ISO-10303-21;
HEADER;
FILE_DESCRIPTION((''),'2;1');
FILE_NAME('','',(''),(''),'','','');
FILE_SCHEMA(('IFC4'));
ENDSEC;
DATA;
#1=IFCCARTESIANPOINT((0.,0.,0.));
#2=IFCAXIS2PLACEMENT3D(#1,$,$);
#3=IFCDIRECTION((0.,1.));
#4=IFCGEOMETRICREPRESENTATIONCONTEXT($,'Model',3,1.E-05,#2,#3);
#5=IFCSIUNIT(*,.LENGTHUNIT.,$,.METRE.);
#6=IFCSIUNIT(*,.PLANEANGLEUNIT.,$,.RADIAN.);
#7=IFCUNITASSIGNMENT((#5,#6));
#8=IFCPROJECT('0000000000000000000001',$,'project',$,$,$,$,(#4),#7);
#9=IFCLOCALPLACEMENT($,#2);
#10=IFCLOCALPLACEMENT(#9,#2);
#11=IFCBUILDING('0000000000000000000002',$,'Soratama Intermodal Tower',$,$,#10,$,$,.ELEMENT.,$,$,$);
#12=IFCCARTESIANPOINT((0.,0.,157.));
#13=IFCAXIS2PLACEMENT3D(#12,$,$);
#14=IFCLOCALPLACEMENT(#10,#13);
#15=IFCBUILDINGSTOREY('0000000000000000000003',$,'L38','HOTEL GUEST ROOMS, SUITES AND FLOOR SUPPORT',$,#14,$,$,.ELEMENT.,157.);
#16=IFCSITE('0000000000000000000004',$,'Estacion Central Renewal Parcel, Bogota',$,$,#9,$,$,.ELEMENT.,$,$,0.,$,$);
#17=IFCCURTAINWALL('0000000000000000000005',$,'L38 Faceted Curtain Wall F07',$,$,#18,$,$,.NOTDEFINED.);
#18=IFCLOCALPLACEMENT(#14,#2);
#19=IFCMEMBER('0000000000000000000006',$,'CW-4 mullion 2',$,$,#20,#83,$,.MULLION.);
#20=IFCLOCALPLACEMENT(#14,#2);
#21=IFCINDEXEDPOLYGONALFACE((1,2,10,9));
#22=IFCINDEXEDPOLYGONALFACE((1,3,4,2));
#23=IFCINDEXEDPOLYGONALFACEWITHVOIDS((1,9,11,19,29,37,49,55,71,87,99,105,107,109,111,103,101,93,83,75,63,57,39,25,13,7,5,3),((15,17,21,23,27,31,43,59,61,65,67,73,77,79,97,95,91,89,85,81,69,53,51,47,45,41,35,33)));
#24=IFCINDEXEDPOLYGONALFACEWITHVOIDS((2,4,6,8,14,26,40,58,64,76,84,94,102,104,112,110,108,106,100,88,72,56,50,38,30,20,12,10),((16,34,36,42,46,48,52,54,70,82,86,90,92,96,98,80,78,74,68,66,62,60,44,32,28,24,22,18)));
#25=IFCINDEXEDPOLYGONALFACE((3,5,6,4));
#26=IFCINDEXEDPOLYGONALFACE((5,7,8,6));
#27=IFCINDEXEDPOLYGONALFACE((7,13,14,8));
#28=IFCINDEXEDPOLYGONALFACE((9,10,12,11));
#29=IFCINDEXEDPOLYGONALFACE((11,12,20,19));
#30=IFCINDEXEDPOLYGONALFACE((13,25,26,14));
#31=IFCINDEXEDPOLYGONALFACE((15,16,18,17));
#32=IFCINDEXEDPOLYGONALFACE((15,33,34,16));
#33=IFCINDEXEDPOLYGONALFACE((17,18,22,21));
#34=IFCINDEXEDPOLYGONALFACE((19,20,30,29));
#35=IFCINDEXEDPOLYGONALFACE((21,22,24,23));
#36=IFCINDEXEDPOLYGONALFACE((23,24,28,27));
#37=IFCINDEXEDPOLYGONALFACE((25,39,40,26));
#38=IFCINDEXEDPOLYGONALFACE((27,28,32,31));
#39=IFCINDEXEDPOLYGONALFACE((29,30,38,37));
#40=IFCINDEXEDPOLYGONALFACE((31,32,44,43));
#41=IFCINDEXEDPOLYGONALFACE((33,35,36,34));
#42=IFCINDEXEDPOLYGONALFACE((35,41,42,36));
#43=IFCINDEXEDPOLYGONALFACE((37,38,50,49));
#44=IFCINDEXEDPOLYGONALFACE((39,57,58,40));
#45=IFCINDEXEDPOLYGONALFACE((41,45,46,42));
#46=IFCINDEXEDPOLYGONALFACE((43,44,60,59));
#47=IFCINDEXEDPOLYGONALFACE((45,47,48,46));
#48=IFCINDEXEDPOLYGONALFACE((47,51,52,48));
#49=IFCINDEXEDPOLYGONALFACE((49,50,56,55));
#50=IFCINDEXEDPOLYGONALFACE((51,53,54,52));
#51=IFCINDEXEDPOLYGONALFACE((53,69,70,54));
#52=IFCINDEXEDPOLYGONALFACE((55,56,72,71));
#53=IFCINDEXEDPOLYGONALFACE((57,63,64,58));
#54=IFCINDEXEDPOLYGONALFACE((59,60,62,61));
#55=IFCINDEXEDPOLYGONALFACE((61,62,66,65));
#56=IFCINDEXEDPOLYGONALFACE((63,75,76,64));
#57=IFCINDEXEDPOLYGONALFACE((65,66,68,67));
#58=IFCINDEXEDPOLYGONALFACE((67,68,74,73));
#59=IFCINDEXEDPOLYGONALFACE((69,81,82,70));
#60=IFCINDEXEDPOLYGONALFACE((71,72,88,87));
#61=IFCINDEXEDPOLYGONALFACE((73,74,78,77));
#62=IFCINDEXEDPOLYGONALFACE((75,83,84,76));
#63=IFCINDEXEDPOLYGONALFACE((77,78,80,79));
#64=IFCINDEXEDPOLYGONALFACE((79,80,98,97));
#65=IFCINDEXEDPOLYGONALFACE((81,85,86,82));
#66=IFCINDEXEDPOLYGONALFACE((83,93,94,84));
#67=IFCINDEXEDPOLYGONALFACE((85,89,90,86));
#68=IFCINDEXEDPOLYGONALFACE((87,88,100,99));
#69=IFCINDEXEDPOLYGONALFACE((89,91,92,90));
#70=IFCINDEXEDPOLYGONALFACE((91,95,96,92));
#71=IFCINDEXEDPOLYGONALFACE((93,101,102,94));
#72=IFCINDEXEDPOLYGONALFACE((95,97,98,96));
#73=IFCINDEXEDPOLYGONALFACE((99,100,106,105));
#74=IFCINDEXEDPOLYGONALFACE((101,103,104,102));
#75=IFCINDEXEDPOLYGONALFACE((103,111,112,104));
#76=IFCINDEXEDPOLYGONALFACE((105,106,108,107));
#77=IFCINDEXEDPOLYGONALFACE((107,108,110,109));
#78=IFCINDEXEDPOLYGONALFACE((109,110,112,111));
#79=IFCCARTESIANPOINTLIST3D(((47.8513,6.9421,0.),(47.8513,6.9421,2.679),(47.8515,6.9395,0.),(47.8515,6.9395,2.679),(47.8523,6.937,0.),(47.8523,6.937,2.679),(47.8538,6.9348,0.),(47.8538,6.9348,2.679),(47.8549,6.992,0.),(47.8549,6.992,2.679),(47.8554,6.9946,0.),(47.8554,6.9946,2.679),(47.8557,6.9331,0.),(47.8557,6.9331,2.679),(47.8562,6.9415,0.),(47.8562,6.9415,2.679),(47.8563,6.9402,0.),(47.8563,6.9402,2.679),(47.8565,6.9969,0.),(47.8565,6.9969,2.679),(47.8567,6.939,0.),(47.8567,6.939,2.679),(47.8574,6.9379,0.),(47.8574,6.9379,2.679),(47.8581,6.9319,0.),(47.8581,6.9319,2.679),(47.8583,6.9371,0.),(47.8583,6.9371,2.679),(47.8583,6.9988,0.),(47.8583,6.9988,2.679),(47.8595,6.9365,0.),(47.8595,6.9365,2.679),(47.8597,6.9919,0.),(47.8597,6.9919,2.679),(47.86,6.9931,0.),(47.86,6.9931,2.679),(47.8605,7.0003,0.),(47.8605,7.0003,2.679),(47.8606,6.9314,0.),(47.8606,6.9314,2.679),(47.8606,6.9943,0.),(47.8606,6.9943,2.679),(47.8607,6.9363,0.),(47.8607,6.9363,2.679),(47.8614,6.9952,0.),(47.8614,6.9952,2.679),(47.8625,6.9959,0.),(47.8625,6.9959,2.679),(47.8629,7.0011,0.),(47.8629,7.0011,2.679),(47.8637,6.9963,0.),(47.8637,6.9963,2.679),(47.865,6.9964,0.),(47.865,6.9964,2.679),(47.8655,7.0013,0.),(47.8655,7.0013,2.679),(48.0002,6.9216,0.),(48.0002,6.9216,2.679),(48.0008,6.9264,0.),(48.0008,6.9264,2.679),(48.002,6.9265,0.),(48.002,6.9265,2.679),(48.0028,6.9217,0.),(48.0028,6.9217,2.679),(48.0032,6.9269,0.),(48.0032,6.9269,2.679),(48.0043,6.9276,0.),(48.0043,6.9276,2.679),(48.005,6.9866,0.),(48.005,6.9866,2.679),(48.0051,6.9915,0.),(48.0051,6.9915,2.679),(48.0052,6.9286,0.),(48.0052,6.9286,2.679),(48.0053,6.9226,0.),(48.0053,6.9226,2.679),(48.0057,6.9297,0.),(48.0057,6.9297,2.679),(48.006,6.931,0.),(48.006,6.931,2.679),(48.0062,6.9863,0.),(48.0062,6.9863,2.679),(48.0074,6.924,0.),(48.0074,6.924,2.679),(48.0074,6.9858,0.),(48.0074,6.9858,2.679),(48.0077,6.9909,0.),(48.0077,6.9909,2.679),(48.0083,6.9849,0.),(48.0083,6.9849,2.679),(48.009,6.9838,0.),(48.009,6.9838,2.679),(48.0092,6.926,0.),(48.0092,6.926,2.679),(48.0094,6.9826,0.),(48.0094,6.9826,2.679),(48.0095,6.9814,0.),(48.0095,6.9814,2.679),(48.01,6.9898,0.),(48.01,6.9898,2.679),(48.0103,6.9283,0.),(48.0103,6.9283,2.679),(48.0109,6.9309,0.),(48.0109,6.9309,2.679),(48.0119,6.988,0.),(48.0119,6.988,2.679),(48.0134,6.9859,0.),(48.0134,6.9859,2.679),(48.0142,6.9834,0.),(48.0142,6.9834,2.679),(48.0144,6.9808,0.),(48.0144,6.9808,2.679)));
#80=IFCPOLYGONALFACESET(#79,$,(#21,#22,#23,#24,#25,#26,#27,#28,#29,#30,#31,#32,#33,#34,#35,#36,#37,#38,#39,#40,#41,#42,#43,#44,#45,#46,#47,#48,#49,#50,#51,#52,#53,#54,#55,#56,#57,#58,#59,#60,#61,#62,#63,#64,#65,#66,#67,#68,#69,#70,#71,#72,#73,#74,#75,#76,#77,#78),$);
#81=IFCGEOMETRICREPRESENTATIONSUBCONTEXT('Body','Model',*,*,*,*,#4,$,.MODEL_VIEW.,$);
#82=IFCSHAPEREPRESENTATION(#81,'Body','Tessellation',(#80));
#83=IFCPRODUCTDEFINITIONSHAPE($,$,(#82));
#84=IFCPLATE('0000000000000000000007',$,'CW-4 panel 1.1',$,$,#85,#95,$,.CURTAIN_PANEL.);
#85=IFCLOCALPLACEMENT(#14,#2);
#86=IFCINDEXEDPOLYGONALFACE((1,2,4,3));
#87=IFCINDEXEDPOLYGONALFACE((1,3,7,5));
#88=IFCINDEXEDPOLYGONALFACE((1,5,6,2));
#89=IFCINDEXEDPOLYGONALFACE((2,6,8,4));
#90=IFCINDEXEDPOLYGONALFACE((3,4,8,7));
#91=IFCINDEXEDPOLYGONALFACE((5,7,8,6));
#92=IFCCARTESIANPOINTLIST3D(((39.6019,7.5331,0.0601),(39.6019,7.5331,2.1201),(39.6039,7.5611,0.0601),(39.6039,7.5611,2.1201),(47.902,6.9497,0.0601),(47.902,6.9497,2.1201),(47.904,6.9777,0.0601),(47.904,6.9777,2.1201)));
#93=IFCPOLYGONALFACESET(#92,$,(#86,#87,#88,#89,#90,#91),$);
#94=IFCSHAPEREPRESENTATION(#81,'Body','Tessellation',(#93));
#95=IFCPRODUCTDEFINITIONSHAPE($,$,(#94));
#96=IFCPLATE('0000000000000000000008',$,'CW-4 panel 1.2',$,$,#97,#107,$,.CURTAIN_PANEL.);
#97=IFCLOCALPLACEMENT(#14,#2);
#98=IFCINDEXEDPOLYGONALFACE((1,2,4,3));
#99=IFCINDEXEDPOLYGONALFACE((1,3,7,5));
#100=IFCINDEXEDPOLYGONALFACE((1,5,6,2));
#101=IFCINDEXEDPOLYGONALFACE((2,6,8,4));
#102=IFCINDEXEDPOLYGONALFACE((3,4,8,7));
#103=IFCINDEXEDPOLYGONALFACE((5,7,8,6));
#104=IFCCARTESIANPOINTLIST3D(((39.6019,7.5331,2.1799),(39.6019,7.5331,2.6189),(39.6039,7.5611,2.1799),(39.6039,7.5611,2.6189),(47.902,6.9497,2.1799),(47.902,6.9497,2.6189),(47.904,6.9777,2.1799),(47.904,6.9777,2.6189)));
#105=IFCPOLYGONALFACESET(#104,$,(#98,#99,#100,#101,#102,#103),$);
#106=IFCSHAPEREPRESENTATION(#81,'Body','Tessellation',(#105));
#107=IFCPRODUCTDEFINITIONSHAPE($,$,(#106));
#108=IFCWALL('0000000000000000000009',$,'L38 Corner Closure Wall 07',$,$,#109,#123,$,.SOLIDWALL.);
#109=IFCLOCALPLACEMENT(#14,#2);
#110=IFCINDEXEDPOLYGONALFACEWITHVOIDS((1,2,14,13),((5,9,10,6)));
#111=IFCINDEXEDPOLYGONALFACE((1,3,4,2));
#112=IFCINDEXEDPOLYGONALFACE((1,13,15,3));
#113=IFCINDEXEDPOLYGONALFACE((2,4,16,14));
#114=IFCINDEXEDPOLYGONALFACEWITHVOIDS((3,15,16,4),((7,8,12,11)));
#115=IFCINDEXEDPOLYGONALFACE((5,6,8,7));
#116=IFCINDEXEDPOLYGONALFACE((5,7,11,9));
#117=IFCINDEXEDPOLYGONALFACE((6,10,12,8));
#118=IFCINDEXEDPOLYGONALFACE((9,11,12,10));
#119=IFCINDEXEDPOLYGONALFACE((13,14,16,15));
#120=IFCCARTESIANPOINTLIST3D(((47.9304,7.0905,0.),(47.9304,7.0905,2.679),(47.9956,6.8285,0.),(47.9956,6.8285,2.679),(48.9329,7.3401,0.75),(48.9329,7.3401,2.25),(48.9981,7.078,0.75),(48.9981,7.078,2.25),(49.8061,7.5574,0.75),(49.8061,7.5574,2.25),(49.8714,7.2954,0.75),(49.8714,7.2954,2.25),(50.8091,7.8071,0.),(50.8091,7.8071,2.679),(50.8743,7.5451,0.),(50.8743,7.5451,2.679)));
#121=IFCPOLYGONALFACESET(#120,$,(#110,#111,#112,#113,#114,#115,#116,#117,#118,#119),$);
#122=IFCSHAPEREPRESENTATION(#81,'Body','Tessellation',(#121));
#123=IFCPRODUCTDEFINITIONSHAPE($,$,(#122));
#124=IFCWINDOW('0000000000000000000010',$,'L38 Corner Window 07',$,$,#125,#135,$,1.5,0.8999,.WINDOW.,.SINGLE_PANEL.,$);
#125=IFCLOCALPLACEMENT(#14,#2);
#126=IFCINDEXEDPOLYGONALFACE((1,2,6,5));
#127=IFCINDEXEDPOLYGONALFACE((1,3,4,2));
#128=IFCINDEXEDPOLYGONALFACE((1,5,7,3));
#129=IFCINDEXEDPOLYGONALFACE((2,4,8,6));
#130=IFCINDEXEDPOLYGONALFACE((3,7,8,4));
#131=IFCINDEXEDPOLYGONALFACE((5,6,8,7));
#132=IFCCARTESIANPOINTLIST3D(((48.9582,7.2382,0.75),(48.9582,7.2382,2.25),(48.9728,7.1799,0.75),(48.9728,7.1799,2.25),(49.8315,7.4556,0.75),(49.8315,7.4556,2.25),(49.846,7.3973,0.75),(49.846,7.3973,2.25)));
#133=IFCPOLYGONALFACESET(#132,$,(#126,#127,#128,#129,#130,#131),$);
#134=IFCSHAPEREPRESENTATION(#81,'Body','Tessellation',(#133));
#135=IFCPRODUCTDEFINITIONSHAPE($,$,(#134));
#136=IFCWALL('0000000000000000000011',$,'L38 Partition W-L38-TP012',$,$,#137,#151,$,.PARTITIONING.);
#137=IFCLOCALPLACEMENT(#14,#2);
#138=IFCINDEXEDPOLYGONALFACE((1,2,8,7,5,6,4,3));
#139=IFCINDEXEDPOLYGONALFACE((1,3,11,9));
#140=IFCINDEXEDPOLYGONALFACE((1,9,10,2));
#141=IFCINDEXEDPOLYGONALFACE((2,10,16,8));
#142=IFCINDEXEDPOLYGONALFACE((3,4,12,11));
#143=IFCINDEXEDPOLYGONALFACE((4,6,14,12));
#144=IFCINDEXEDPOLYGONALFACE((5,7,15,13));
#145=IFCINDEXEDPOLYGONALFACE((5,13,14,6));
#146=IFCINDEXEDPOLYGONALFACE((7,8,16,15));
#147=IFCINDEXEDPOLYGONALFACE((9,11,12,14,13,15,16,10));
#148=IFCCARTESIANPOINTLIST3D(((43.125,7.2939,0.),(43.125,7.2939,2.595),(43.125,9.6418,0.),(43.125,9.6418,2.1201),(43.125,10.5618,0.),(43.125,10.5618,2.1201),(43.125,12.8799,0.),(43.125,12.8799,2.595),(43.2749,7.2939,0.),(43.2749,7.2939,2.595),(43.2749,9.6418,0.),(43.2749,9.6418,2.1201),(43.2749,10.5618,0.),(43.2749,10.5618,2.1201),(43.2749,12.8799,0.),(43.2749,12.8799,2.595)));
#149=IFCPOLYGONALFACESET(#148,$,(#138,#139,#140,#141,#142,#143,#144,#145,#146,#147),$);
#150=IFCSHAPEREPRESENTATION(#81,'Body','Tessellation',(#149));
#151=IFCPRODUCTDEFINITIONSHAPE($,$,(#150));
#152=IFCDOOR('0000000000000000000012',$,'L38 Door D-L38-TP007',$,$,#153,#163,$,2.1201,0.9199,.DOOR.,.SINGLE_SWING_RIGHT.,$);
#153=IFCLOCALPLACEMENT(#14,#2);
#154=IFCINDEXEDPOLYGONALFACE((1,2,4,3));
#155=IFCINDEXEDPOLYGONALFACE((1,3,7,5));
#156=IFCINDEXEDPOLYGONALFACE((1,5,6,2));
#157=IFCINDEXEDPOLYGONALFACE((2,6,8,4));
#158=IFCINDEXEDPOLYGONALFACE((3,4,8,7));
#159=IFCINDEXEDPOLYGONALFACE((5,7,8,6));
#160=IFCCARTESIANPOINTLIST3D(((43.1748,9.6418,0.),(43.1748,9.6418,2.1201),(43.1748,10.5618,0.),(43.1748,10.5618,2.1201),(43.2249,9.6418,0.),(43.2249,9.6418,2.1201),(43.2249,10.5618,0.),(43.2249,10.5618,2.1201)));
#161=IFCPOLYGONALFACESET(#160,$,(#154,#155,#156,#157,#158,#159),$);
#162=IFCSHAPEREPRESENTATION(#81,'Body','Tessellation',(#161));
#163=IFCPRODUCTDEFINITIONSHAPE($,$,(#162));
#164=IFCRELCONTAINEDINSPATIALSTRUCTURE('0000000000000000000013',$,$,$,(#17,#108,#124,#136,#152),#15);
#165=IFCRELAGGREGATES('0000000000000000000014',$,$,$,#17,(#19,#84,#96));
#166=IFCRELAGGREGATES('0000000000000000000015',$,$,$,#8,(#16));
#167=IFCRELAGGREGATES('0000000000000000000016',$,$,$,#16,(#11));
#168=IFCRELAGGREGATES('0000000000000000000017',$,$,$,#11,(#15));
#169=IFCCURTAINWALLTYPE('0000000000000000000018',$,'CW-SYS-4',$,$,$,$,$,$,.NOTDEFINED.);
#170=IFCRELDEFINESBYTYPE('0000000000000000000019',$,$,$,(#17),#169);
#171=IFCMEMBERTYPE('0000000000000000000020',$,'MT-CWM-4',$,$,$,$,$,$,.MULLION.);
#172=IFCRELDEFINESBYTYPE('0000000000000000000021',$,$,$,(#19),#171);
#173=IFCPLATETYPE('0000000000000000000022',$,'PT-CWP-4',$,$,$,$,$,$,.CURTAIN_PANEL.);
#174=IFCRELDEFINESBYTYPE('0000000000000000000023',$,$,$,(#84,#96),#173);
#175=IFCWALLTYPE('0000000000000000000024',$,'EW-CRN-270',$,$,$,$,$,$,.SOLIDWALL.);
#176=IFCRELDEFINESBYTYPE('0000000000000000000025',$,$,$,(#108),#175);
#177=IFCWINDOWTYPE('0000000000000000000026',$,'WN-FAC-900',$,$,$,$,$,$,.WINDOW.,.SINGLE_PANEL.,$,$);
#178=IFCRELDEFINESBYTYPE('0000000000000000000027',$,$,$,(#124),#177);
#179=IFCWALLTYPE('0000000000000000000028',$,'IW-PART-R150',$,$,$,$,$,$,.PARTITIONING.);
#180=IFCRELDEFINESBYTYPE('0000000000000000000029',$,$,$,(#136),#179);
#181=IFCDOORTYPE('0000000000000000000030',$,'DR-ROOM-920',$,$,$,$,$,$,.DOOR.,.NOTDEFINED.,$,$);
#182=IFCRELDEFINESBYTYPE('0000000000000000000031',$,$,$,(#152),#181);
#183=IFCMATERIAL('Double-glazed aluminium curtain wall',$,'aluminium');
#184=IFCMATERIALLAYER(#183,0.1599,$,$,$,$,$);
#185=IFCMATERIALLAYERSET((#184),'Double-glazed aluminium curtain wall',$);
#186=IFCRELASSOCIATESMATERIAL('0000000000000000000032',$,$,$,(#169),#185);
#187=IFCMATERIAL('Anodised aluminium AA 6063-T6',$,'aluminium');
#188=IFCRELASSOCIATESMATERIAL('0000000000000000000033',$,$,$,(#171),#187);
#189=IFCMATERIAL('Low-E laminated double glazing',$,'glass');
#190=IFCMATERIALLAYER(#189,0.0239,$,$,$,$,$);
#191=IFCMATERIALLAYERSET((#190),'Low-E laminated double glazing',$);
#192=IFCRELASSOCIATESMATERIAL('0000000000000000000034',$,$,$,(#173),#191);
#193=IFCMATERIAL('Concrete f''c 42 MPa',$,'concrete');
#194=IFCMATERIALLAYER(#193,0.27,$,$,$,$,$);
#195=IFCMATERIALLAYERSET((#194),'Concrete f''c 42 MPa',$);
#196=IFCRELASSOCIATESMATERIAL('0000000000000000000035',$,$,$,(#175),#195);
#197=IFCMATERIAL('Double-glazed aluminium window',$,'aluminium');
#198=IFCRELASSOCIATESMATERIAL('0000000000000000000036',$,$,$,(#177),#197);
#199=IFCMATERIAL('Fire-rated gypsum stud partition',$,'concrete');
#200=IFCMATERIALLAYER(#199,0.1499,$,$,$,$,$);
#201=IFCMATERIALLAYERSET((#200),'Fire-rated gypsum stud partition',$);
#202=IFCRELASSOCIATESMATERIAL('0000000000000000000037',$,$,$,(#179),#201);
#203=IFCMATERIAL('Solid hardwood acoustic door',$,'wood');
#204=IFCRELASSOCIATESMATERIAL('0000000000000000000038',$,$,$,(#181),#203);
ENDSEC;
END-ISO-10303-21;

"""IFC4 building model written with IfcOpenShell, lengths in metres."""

from ifc_helpers import new_model, si_unit, direction, frame, frame_2d, origin, origin_2d, place, context, subcontext, project, spatial, rectangle, hollow_rectangle, extrude, material, layer, layer_set, material_profile, profile_set, type_object, element, fill, aggregate, save


model = new_model("IFC4")

# Units and contexts
model_context = context("Model", 3, precision=1e-05, world=origin(), true_north=direction((0.0, 1.0)))
body_context = subcontext(model_context, "Body", "Model", "MODEL_VIEW")
ifc_project = project(units=[si_unit("LENGTHUNIT", "METRE"), si_unit("PLANEANGLEUNIT", "RADIAN")], contexts=[model_context])

# Site, building, storey
site_placement = place(None, origin())
site = spatial("IfcSite", under=ifc_project, at=site_placement, Name="Estacion Central Renewal Parcel, Bogota", CompositionType="ELEMENT", RefElevation=0.0)
building_placement = place(site_placement, origin())
building = spatial("IfcBuilding", under=site, at=building_placement, Name="Soratama Intermodal Tower", CompositionType="ELEMENT")
storey_placement = place(building_placement, frame((0.0, 0.0, 157.0)))
storey = spatial("IfcBuildingStorey", under=building, at=storey_placement, Name="L38", Description="HOTEL GUEST ROOMS, SUITES AND FLOOR SUPPORT", CompositionType="ELEMENT", Elevation=157.0)

# Curtain wall, member, plates
ifc_material_1 = material(Name="Double-glazed aluminium curtain wall", Category="aluminium")
ifc_layer_1 = layer(ifc_material_1, 0.1599)
ifc_layer_set_1 = layer_set([ifc_layer_1], Name="Double-glazed aluminium curtain wall")
curtain_wall_type = type_object("IfcCurtainWallType", Name="CW-SYS-4", PredefinedType="NOTDEFINED", material=ifc_layer_set_1)
curtain_wall_placement = place(storey_placement, origin())
curtain_wall = element("IfcCurtainWall", 1, at=curtain_wall_placement, inside=storey, type_object=curtain_wall_type, Name="L38 Faceted Curtain Wall F07", PredefinedType="NOTDEFINED")
ifc_material_2 = material(Name="Anodised aluminium AA 6063-T6", Category="aluminium")
ifc_material_profile_1 = material_profile(ifc_material_2, hollow_rectangle(XDim=0.0701, YDim=0.1599, WallThickness=0.0049, InnerFilletRadius=0.0049, OuterFilletRadius=0.01, at=origin_2d()), Name="CWM160X70X5")
ifc_profile_set_1 = profile_set([ifc_material_profile_1], Name="Anodised aluminium AA 6063-T6")
member_type = type_object("IfcMemberType", Name="MT-CWM-4", PredefinedType="MULLION", material=ifc_profile_set_1)
member_placement = place(storey_placement, frame((47.9329, 6.9614, 0.0), z_axis=(0.0, 0.0, 1.0), x_axis=(0.070115, 0.997539, 0.0)))
member = element("IfcMember", 2, at=member_placement, type_object=member_type, Name="CW-4 mullion 2", PredefinedType="MULLION", context=body_context, shape_type="SweptSolid", body=[
    extrude(hollow_rectangle(XDim=0.0701, YDim=0.1599, WallThickness=0.0049, InnerFilletRadius=0.0049, OuterFilletRadius=0.01, at=origin_2d()), origin(), (0.0, 0.0, 1.0), 2.679),
])
ifc_material_3 = material(Name="Low-E laminated double glazing", Category="glass")
ifc_layer_2 = layer(ifc_material_3, 0.0239)
ifc_layer_set_2 = layer_set([ifc_layer_2], Name="Low-E laminated double glazing")
plate_type = type_object("IfcPlateType", Name="PT-CWP-4", PredefinedType="CURTAIN_PANEL", material=ifc_layer_set_2)
plate_1_placement = place(storey_placement, frame((43.7529, 7.2554, 0.0601), z_axis=(0.0, 0.0, 1.0), x_axis=(0.997539, -0.070115, 0.0)))
plate_1 = element("IfcPlate", 3, at=plate_1_placement, type_object=plate_type, Name="CW-4 panel 1.1", PredefinedType="CURTAIN_PANEL", context=body_context, shape_type="SweptSolid", body=[
    extrude(rectangle(XDim=8.3206, YDim=0.0281, at=origin_2d()), origin(), (0.0, 0.0, 1.0), 2.0601),
])
plate_2_placement = place(storey_placement, frame((43.7529, 7.2554, 2.1799), z_axis=(0.0, 0.0, 1.0), x_axis=(0.997539, -0.070115, 0.0)))
plate_2 = element("IfcPlate", 4, at=plate_2_placement, type_object=plate_type, Name="CW-4 panel 1.2", PredefinedType="CURTAIN_PANEL", context=body_context, shape_type="SweptSolid", body=[
    extrude(rectangle(XDim=8.3206, YDim=0.0281, at=origin_2d()), origin(), (0.0, 0.0, 1.0), 0.439),
])
aggregate(curtain_wall, [member, plate_1, plate_2])

# Wall, opening, window
ifc_material_4 = material(Name="Concrete f'c 42 MPa", Category="concrete")
ifc_layer_3 = layer(ifc_material_4, 0.27)
ifc_layer_set_3 = layer_set([ifc_layer_3], Name="Concrete f'c 42 MPa")
wall_type_1 = type_object("IfcWallType", Name="EW-CRN-270", PredefinedType="SOLIDWALL", material=ifc_layer_set_3)
wall_1_placement = place(storey_placement, frame((47.9629, 6.9595, 0.0), z_axis=(0.0, 0.0, 1.0), x_axis=(0.970389, 0.241548, 0.0)))
wall_1 = element("IfcWall", 5, at=wall_1_placement, inside=storey, type_object=wall_type_1, Name="L38 Corner Closure Wall 07", PredefinedType="SOLIDWALL", context=body_context, shape_type="SweptSolid", body=[
    extrude(rectangle(XDim=2.9666, YDim=0.27, at=frame_2d((1.4834, 0.0))), origin(), (0.0, 0.0, 1.0), 2.679),
])
opening_1_placement = place(wall_1_placement, frame((1.0332, 0.0, 0.75)))
opening_1 = element("IfcOpeningElement", 6, at=opening_1_placement, cuts=wall_1, PredefinedType="OPENING", context=body_context, shape_type="SweptSolid", body=[
    extrude(rectangle(XDim=0.8999, YDim=1.5, at=frame_2d((0.45, 0.75))), frame((0.0, 0.145, 0.0), z_axis=(0.0, -1.0, 0.0), x_axis=(1.0, 0.0, 0.0)), (0.0, 0.0, 1.0), 0.29),
])
ifc_material_5 = material(Name="Double-glazed aluminium window", Category="aluminium")
window_type = type_object("IfcWindowType", Name="WN-FAC-900", PartitioningType="SINGLE_PANEL", PredefinedType="WINDOW", material=ifc_material_5)
window_placement = place(opening_1_placement, origin())
window = element("IfcWindow", 7, at=window_placement, inside=storey, type_object=window_type, Name="L38 Corner Window 07", OverallHeight=1.5, OverallWidth=0.8999, PartitioningType="SINGLE_PANEL", PredefinedType="WINDOW", context=body_context, shape_type="SweptSolid", body=[
    extrude(rectangle(XDim=0.8999, YDim=1.5, at=frame_2d((0.45, 0.75))), frame((0.0, 0.03, 0.0), z_axis=(0.0, -1.0, 0.0), x_axis=(1.0, 0.0, 0.0)), (0.0, 0.0, 1.0), 0.0601),
])
fill(opening_1, window)

# Wall, opening, door
ifc_material_6 = material(Name="Fire-rated gypsum stud partition", Category="concrete")
ifc_layer_4 = layer(ifc_material_6, 0.1499)
ifc_layer_set_4 = layer_set([ifc_layer_4], Name="Fire-rated gypsum stud partition")
wall_type_2 = type_object("IfcWallType", Name="IW-PART-R150", PredefinedType="PARTITIONING", material=ifc_layer_set_4)
wall_2_placement = place(storey_placement, frame((43.2, 12.8799, 0.0), z_axis=(0.0, 0.0, 1.0), x_axis=(0.0, -1.0, 0.0)))
wall_2 = element("IfcWall", 8, at=wall_2_placement, inside=storey, type_object=wall_type_2, Name="L38 Partition W-L38-TP012", PredefinedType="PARTITIONING", context=body_context, shape_type="SweptSolid", body=[
    extrude(rectangle(XDim=5.5859, YDim=0.1499, at=frame_2d((2.793, 0.0))), origin(), (0.0, 0.0, 1.0), 2.595),
])
opening_2_placement = place(wall_2_placement, frame((2.3181, 0.0, 0.0)))
opening_2 = element("IfcOpeningElement", 9, at=opening_2_placement, cuts=wall_2, PredefinedType="OPENING", context=body_context, shape_type="SweptSolid", body=[
    extrude(rectangle(XDim=0.9199, YDim=2.1201, at=frame_2d((0.46, 1.0601))), frame((0.0, 0.085, 0.0), z_axis=(0.0, -1.0, 0.0), x_axis=(1.0, 0.0, 0.0)), (0.0, 0.0, 1.0), 0.1699),
])
ifc_material_7 = material(Name="Solid hardwood acoustic door", Category="wood")
door_type_1 = type_object("IfcDoorType", Name="DR-ROOM-920", OperationType="NOTDEFINED", PredefinedType="DOOR", material=ifc_material_7)
door_1_placement = place(opening_2_placement, origin())
door_1 = element("IfcDoor", 10, at=door_1_placement, inside=storey, type_object=door_type_1, Name="L38 Door D-L38-TP007", OperationType="SINGLE_SWING_RIGHT", OverallHeight=2.1201, OverallWidth=0.9199, PredefinedType="DOOR", context=body_context, shape_type="SweptSolid", body=[
    extrude(rectangle(XDim=0.9199, YDim=2.1201, at=frame_2d((0.46, 1.0601))), frame((0.0, 0.0249, 0.0), z_axis=(0.0, -1.0, 0.0), x_axis=(1.0, 0.0, 0.0)), (0.0, 0.0, 1.0), 0.05),
])
fill(opening_2, door_1)

save(model, "model.ifc")
